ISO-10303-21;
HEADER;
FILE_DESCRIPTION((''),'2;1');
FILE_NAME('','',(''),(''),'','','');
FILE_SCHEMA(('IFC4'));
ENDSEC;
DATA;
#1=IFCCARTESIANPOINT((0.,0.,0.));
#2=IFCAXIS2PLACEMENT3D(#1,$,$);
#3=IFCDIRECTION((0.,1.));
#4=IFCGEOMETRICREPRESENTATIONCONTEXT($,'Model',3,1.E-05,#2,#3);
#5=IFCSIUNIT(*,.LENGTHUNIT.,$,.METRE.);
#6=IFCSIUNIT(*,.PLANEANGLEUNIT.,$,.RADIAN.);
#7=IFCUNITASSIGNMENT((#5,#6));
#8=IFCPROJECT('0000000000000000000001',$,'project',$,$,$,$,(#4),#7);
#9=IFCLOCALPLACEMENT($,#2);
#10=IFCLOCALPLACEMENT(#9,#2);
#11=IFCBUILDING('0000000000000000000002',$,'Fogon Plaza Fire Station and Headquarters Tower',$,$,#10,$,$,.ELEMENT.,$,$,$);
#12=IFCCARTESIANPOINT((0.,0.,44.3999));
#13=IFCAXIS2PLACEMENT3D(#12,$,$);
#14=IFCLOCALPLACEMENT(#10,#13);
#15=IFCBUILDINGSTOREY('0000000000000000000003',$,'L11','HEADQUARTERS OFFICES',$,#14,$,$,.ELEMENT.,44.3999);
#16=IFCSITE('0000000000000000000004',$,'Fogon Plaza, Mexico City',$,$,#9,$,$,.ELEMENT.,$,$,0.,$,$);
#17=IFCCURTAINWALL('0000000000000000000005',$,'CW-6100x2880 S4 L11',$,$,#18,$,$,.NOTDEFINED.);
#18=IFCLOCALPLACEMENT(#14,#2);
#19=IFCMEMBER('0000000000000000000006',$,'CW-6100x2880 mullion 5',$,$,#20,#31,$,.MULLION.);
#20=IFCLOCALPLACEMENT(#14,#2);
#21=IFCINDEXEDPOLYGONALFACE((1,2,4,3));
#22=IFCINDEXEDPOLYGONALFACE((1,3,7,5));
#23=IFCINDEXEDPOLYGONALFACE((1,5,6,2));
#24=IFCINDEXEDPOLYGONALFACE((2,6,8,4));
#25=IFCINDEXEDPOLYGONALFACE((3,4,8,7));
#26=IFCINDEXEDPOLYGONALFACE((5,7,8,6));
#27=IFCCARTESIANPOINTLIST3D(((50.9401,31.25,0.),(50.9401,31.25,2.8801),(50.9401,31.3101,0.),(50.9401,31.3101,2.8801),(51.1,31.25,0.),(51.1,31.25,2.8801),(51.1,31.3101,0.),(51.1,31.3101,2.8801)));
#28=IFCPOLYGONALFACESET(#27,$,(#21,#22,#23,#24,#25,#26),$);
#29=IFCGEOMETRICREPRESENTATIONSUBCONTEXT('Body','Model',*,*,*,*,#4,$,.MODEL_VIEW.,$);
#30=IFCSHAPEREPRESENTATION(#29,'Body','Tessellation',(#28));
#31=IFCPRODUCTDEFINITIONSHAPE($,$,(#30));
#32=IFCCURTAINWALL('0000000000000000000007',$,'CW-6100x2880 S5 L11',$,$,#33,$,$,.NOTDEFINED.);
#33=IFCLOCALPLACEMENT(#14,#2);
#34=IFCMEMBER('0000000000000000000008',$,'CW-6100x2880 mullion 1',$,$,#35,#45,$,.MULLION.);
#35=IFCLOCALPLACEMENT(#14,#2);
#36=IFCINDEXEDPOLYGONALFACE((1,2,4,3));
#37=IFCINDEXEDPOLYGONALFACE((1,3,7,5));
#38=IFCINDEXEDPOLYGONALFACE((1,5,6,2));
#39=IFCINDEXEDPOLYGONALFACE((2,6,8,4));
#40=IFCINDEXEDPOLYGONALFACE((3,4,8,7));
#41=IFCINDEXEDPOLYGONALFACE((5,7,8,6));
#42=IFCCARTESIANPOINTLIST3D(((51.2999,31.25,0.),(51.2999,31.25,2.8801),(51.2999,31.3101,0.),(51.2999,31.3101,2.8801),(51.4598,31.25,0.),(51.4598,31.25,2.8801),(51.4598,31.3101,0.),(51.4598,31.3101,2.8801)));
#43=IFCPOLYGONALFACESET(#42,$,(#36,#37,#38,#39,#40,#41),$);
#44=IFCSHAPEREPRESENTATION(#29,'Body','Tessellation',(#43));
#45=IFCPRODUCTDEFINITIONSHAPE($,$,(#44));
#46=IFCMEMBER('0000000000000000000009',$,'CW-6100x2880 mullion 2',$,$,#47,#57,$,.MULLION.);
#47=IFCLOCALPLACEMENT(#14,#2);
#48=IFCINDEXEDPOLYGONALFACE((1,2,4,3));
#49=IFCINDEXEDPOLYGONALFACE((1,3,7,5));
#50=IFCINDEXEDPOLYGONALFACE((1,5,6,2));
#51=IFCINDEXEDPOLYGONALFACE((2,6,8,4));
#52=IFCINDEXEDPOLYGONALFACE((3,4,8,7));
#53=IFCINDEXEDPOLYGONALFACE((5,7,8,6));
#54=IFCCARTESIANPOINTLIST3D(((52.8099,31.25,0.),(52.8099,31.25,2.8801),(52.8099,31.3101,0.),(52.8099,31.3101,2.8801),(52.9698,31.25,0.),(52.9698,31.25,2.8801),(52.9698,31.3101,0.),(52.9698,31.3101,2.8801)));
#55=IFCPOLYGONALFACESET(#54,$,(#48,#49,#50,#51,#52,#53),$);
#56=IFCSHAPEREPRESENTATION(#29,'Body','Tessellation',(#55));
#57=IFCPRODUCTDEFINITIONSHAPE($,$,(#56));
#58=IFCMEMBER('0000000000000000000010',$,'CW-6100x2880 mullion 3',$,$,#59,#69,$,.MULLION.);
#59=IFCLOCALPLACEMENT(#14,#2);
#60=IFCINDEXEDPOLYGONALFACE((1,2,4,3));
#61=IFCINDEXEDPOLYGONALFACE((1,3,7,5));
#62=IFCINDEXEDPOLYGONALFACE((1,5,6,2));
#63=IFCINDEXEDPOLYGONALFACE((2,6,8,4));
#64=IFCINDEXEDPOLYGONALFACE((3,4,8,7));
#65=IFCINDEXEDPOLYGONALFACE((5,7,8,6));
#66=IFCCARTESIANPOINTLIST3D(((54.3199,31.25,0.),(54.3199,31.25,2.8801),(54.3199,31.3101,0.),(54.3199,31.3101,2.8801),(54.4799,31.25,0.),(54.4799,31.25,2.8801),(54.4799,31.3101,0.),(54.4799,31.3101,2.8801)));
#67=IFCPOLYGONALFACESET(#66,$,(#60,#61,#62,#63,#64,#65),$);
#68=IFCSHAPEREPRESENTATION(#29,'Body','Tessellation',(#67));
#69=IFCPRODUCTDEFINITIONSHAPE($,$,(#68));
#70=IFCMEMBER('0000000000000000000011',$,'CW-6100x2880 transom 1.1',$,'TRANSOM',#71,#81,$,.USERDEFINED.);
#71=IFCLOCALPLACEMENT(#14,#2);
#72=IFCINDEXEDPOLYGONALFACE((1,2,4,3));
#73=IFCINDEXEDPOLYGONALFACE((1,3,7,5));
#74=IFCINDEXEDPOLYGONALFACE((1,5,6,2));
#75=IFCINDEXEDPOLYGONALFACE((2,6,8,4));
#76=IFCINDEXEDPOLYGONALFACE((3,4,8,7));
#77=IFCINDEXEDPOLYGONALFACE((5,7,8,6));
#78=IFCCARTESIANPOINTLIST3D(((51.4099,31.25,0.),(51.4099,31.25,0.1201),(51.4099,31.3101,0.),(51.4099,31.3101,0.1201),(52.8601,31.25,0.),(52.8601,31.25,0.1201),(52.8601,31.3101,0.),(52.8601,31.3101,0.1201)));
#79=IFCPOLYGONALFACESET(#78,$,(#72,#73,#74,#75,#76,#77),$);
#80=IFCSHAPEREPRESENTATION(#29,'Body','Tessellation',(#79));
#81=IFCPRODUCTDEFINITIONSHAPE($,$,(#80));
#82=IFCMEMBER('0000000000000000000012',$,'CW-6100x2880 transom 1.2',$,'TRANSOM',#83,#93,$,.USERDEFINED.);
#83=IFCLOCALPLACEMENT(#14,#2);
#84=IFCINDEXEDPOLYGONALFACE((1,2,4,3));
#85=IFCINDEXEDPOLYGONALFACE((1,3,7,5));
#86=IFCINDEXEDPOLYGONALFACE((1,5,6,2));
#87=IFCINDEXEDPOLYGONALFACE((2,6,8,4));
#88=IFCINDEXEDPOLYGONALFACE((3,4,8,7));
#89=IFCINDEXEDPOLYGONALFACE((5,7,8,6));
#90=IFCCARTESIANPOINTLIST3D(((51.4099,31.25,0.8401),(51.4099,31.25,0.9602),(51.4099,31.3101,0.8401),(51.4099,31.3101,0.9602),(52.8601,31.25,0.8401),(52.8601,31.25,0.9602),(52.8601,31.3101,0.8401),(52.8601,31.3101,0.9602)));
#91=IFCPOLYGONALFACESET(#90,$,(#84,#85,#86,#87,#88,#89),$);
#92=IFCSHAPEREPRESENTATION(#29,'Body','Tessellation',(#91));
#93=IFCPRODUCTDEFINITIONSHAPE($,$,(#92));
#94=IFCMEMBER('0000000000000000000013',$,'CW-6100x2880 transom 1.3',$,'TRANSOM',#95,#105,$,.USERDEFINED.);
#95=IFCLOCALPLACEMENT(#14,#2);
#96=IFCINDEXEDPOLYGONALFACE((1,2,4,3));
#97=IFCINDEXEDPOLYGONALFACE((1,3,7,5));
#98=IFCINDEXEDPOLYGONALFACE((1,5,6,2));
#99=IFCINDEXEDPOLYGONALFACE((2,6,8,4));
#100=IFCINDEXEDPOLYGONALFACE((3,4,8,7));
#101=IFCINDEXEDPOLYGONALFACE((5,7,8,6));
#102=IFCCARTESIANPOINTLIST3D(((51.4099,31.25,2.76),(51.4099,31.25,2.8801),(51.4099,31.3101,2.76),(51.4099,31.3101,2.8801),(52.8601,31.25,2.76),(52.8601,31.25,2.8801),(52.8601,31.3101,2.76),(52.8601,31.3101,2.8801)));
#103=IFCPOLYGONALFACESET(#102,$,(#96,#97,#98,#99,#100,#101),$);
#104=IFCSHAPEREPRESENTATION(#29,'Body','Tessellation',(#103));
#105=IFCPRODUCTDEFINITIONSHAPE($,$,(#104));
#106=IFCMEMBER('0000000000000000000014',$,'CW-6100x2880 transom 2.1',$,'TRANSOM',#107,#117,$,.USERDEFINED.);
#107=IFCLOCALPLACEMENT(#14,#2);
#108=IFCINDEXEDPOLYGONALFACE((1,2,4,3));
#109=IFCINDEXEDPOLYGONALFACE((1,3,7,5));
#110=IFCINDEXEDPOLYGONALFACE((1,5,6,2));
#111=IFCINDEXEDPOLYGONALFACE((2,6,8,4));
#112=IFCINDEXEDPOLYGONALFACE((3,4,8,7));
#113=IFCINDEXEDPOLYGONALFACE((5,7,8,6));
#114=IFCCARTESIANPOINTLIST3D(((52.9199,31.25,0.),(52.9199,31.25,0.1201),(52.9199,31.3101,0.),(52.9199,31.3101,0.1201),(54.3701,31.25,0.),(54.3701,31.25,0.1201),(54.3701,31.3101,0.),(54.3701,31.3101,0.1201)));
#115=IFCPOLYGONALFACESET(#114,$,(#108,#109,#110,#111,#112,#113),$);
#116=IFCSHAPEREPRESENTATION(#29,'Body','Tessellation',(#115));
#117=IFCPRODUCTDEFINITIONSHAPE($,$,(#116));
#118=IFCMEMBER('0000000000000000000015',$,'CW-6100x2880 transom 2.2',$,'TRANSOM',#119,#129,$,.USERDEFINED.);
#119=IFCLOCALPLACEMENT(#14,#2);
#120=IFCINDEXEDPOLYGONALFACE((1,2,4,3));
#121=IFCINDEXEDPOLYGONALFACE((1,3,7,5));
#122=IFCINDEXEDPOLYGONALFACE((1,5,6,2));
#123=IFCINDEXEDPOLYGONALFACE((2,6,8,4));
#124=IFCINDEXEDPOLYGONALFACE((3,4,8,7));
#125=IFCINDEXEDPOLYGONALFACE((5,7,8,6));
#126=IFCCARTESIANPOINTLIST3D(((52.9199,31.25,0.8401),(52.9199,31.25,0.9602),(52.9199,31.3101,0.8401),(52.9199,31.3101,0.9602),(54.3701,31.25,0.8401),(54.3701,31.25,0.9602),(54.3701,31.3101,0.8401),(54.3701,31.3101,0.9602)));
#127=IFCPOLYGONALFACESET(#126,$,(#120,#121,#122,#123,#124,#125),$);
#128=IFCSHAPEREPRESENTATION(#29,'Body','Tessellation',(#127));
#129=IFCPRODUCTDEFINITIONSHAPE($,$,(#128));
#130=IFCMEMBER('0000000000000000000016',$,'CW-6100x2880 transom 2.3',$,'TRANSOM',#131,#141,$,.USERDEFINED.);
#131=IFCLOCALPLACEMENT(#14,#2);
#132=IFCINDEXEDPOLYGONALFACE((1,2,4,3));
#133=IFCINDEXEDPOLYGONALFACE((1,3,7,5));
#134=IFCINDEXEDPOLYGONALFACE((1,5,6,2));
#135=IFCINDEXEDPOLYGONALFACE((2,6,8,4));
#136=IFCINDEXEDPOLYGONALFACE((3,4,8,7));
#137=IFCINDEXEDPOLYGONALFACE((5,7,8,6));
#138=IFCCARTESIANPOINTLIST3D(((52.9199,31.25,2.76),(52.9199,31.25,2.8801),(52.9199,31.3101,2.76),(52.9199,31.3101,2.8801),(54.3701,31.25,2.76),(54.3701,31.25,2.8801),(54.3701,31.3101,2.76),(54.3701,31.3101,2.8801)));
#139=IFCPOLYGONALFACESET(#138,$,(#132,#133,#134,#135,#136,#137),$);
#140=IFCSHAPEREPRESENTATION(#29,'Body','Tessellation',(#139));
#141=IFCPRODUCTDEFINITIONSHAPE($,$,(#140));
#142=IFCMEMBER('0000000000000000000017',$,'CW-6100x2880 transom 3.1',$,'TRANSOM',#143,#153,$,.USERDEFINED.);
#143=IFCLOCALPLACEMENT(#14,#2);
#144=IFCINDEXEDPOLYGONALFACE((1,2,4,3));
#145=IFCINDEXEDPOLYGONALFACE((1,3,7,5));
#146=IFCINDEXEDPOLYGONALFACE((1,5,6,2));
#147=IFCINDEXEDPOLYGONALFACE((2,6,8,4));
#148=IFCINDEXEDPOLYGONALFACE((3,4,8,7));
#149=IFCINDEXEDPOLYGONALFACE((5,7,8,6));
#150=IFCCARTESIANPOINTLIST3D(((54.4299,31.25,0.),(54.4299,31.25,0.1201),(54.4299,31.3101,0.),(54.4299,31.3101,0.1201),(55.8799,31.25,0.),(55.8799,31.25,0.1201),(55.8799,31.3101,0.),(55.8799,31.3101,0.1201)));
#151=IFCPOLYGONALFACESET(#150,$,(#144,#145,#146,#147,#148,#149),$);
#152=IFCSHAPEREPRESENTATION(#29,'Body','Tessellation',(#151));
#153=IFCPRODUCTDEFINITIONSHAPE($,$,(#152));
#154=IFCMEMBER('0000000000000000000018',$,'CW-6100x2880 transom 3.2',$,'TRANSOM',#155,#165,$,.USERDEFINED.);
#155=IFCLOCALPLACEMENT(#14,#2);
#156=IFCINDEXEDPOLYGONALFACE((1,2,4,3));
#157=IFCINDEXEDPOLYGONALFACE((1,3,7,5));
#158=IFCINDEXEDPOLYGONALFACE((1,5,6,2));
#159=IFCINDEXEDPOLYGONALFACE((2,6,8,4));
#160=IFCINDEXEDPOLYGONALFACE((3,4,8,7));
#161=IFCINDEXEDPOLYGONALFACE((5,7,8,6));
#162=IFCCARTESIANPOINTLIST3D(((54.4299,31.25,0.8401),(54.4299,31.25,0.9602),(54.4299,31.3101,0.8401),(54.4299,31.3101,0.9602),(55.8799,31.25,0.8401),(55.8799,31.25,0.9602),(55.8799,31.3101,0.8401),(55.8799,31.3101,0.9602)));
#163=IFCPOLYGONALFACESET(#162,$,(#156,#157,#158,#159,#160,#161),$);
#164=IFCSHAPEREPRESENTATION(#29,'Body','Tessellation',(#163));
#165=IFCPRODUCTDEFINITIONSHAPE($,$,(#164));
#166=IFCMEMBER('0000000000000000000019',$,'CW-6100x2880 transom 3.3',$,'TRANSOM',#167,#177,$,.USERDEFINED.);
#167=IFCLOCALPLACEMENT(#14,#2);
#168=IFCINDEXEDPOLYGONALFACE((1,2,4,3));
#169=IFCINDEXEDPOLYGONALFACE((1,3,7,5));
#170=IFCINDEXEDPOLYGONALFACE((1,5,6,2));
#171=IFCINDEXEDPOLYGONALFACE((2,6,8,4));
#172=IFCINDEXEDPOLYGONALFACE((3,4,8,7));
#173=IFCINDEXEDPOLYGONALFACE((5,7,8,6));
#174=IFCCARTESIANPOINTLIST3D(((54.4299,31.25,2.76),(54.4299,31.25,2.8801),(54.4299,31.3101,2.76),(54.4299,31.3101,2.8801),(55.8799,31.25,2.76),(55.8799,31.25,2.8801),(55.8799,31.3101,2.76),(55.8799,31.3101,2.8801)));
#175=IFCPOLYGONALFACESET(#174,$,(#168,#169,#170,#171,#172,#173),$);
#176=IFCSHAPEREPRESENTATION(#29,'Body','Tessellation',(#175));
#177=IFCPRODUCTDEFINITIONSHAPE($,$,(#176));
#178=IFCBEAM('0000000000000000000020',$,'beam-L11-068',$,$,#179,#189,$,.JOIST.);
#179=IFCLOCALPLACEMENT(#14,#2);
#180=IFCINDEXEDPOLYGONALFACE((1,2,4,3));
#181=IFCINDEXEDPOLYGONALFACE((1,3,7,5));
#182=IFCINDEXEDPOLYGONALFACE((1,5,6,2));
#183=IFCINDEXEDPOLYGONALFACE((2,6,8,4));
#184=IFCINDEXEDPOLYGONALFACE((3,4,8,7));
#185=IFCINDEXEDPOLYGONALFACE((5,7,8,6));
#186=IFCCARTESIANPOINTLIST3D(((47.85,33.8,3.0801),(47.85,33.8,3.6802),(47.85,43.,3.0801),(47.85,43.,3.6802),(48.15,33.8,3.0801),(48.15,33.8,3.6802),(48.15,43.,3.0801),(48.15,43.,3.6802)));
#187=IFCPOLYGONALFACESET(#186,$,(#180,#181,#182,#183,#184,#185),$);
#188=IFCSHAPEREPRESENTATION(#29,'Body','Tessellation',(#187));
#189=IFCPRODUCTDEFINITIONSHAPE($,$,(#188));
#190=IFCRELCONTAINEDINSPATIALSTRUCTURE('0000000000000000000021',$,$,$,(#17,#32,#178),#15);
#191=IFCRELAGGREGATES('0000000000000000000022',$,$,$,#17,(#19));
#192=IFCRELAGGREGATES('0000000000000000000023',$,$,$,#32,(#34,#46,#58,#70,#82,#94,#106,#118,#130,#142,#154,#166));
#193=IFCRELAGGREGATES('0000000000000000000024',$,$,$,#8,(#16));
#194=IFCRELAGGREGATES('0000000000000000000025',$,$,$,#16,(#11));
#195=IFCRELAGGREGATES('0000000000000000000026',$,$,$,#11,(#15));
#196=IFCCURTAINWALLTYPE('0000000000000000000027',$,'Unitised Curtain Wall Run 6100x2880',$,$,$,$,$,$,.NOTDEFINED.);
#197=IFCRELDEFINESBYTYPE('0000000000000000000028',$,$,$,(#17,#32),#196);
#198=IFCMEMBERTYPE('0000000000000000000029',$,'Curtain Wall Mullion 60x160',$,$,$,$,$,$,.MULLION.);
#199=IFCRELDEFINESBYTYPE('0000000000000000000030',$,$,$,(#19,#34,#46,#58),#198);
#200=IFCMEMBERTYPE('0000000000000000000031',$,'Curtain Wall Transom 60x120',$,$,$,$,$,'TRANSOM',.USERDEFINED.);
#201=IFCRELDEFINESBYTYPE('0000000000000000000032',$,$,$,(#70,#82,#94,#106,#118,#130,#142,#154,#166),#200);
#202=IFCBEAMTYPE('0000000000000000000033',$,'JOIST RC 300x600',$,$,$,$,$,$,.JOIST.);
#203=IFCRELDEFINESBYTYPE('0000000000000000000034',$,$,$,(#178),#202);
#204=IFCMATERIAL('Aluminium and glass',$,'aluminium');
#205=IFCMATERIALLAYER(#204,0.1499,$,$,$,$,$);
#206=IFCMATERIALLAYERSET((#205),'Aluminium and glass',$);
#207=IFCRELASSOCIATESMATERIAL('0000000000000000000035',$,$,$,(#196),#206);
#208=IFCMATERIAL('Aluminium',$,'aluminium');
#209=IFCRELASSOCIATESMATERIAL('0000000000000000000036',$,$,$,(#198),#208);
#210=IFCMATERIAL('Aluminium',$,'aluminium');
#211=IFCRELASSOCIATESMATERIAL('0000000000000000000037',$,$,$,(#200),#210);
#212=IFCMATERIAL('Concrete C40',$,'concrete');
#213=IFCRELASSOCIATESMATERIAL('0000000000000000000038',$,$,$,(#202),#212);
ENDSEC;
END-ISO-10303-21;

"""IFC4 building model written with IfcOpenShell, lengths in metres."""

from ifc_helpers import new_model, si_unit, direction, frame, origin, origin_2d, place, context, subcontext, project, spatial, rectangle, extrude, material, layer, layer_set, material_profile, profile_set, type_object, element, aggregate, save


model = new_model("IFC4")

# Units and contexts
model_context = context("Model", 3, precision=1e-05, world=origin(), true_north=direction((0.0, 1.0)))
body_context = subcontext(model_context, "Body", "Model", "MODEL_VIEW")
ifc_project = project(units=[si_unit("LENGTHUNIT", "METRE"), si_unit("PLANEANGLEUNIT", "RADIAN")], contexts=[model_context])

# Site, building, storey
site_placement = place(None, origin())
site = spatial("IfcSite", under=ifc_project, at=site_placement, Name="Fogon Plaza, Mexico City", CompositionType="ELEMENT", RefElevation=0.0)
building_placement = place(site_placement, origin())
building = spatial("IfcBuilding", under=site, at=building_placement, Name="Fogon Plaza Fire Station and Headquarters Tower", CompositionType="ELEMENT")
storey_placement = place(building_placement, frame((0.0, 0.0, 44.3999)))
storey = spatial("IfcBuildingStorey", under=building, at=storey_placement, Name="L11", Description="HEADQUARTERS OFFICES", CompositionType="ELEMENT", Elevation=44.3999)

# Curtain wall, member
ifc_material_1 = material(Name="Aluminium and glass", Category="aluminium")
ifc_layer_1 = layer(ifc_material_1, 0.1499)
ifc_layer_set_1 = layer_set([ifc_layer_1], Name="Aluminium and glass")
curtain_wall_type = type_object("IfcCurtainWallType", Name="Unitised Curtain Wall Run 6100x2880", PredefinedType="NOTDEFINED", material=ifc_layer_set_1)
curtain_wall_1_placement = place(storey_placement, origin())
curtain_wall_1 = element("IfcCurtainWall", 1, at=curtain_wall_1_placement, inside=storey, type_object=curtain_wall_type, Name="CW-6100x2880 S4 L11", PredefinedType="NOTDEFINED")
ifc_material_2 = material(Name="Aluminium", Category="aluminium")
ifc_material_profile_1 = material_profile(ifc_material_2, rectangle(XDim=0.0601, YDim=0.1599, at=origin_2d()), Name="Curtain Wall Mullion 60x160")
ifc_profile_set_1 = profile_set([ifc_material_profile_1], Name="Aluminium")
member_type_1 = type_object("IfcMemberType", Name="Curtain Wall Mullion 60x160", PredefinedType="MULLION", material=ifc_profile_set_1)
member_1_placement = place(storey_placement, frame((51.02, 31.28, 0.0), z_axis=(0.0, 0.0, 1.0), x_axis=(0.0, 1.0, 0.0)))
member_1 = element("IfcMember", 2, at=member_1_placement, type_object=member_type_1, Name="CW-6100x2880 mullion 5", PredefinedType="MULLION", context=body_context, shape_type="SweptSolid", body=[
    extrude(rectangle(XDim=0.0601, YDim=0.1599, at=origin_2d()), origin(), (0.0, 0.0, 1.0), 2.8801),
])

# Curtain wall, members
curtain_wall_2_placement = place(storey_placement, origin())
curtain_wall_2 = element("IfcCurtainWall", 3, at=curtain_wall_2_placement, inside=storey, type_object=curtain_wall_type, Name="CW-6100x2880 S5 L11", PredefinedType="NOTDEFINED")
member_2_placement = place(storey_placement, frame((51.3799, 31.28, 0.0), z_axis=(0.0, 0.0, 1.0), x_axis=(0.0, 1.0, 0.0)))
member_2 = element("IfcMember", 4, at=member_2_placement, type_object=member_type_1, Name="CW-6100x2880 mullion 1", PredefinedType="MULLION", context=body_context, shape_type="SweptSolid", body=[
    extrude(rectangle(XDim=0.0601, YDim=0.1599, at=origin_2d()), origin(), (0.0, 0.0, 1.0), 2.8801),
])
member_3_placement = place(storey_placement, frame((52.8899, 31.28, 0.0), z_axis=(0.0, 0.0, 1.0), x_axis=(0.0, 1.0, 0.0)))
member_3 = element("IfcMember", 5, at=member_3_placement, type_object=member_type_1, Name="CW-6100x2880 mullion 2", PredefinedType="MULLION", context=body_context, shape_type="SweptSolid", body=[
    extrude(rectangle(XDim=0.0601, YDim=0.1599, at=origin_2d()), origin(), (0.0, 0.0, 1.0), 2.8801),
])
member_4_placement = place(storey_placement, frame((54.3999, 31.28, 0.0), z_axis=(0.0, 0.0, 1.0), x_axis=(0.0, 1.0, 0.0)))
member_4 = element("IfcMember", 6, at=member_4_placement, type_object=member_type_1, Name="CW-6100x2880 mullion 3", PredefinedType="MULLION", context=body_context, shape_type="SweptSolid", body=[
    extrude(rectangle(XDim=0.0601, YDim=0.1599, at=origin_2d()), origin(), (0.0, 0.0, 1.0), 2.8801),
])
ifc_material_3 = material(Name="Aluminium", Category="aluminium")
ifc_material_profile_2 = material_profile(ifc_material_3, rectangle(XDim=0.0601, YDim=0.1201, at=origin_2d()), Name="Curtain Wall Transom 60x120")
ifc_profile_set_2 = profile_set([ifc_material_profile_2], Name="Aluminium")
member_type_2 = type_object("IfcMemberType", Name="Curtain Wall Transom 60x120", ElementType="TRANSOM", PredefinedType="USERDEFINED", material=ifc_profile_set_2)
member_5_placement = place(storey_placement, frame((51.4099, 31.28, 0.0601), z_axis=(1.0, 0.0, 0.0), x_axis=(0.0, 1.0, 0.0)))
member_5 = element("IfcMember", 7, at=member_5_placement, type_object=member_type_2, Name="CW-6100x2880 transom 1.1", ObjectType="TRANSOM", PredefinedType="USERDEFINED", context=body_context, shape_type="SweptSolid", body=[
    extrude(rectangle(XDim=0.0601, YDim=0.1201, at=origin_2d()), origin(), (0.0, 0.0, 1.0), 1.4502),
])
member_6_placement = place(storey_placement, frame((51.4099, 31.28, 0.9001), z_axis=(1.0, 0.0, 0.0), x_axis=(0.0, 1.0, 0.0)))
member_6 = element("IfcMember", 8, at=member_6_placement, type_object=member_type_2, Name="CW-6100x2880 transom 1.2", ObjectType="TRANSOM", PredefinedType="USERDEFINED", context=body_context, shape_type="SweptSolid", body=[
    extrude(rectangle(XDim=0.0601, YDim=0.1201, at=origin_2d()), origin(), (0.0, 0.0, 1.0), 1.4502),
])
member_7_placement = place(storey_placement, frame((51.4099, 31.28, 2.8201), z_axis=(1.0, 0.0, 0.0), x_axis=(0.0, 1.0, 0.0)))
member_7 = element("IfcMember", 9, at=member_7_placement, type_object=member_type_2, Name="CW-6100x2880 transom 1.3", ObjectType="TRANSOM", PredefinedType="USERDEFINED", context=body_context, shape_type="SweptSolid", body=[
    extrude(rectangle(XDim=0.0601, YDim=0.1201, at=origin_2d()), origin(), (0.0, 0.0, 1.0), 1.4502),
])
member_8_placement = place(storey_placement, frame((52.9199, 31.28, 0.0601), z_axis=(1.0, 0.0, 0.0), x_axis=(0.0, 1.0, 0.0)))
member_8 = element("IfcMember", 10, at=member_8_placement, type_object=member_type_2, Name="CW-6100x2880 transom 2.1", ObjectType="TRANSOM", PredefinedType="USERDEFINED", context=body_context, shape_type="SweptSolid", body=[
    extrude(rectangle(XDim=0.0601, YDim=0.1201, at=origin_2d()), origin(), (0.0, 0.0, 1.0), 1.4502),
])
member_9_placement = place(storey_placement, frame((52.9199, 31.28, 0.9001), z_axis=(1.0, 0.0, 0.0), x_axis=(0.0, 1.0, 0.0)))
member_9 = element("IfcMember", 11, at=member_9_placement, type_object=member_type_2, Name="CW-6100x2880 transom 2.2", ObjectType="TRANSOM", PredefinedType="USERDEFINED", context=body_context, shape_type="SweptSolid", body=[
    extrude(rectangle(XDim=0.0601, YDim=0.1201, at=origin_2d()), origin(), (0.0, 0.0, 1.0), 1.4502),
])
member_10_placement = place(storey_placement, frame((52.9199, 31.28, 2.8201), z_axis=(1.0, 0.0, 0.0), x_axis=(0.0, 1.0, 0.0)))
member_10 = element("IfcMember", 12, at=member_10_placement, type_object=member_type_2, Name="CW-6100x2880 transom 2.3", ObjectType="TRANSOM", PredefinedType="USERDEFINED", context=body_context, shape_type="SweptSolid", body=[
    extrude(rectangle(XDim=0.0601, YDim=0.1201, at=origin_2d()), origin(), (0.0, 0.0, 1.0), 1.4502),
])
member_11_placement = place(storey_placement, frame((54.4299, 31.28, 0.0601), z_axis=(1.0, 0.0, 0.0), x_axis=(0.0, 1.0, 0.0)))
member_11 = element("IfcMember", 13, at=member_11_placement, type_object=member_type_2, Name="CW-6100x2880 transom 3.1", ObjectType="TRANSOM", PredefinedType="USERDEFINED", context=body_context, shape_type="SweptSolid", body=[
    extrude(rectangle(XDim=0.0601, YDim=0.1201, at=origin_2d()), origin(), (0.0, 0.0, 1.0), 1.45),
])
member_12_placement = place(storey_placement, frame((54.4299, 31.28, 0.9001), z_axis=(1.0, 0.0, 0.0), x_axis=(0.0, 1.0, 0.0)))
member_12 = element("IfcMember", 14, at=member_12_placement, type_object=member_type_2, Name="CW-6100x2880 transom 3.2", ObjectType="TRANSOM", PredefinedType="USERDEFINED", context=body_context, shape_type="SweptSolid", body=[
    extrude(rectangle(XDim=0.0601, YDim=0.1201, at=origin_2d()), origin(), (0.0, 0.0, 1.0), 1.45),
])
member_13_placement = place(storey_placement, frame((54.4299, 31.28, 2.8201), z_axis=(1.0, 0.0, 0.0), x_axis=(0.0, 1.0, 0.0)))
member_13 = element("IfcMember", 15, at=member_13_placement, type_object=member_type_2, Name="CW-6100x2880 transom 3.3", ObjectType="TRANSOM", PredefinedType="USERDEFINED", context=body_context, shape_type="SweptSolid", body=[
    extrude(rectangle(XDim=0.0601, YDim=0.1201, at=origin_2d()), origin(), (0.0, 0.0, 1.0), 1.45),
])

# Beam
ifc_material_4 = material(Name="Concrete C40", Category="concrete")
ifc_material_profile_3 = material_profile(ifc_material_4, rectangle(XDim=0.3, YDim=0.6001, at=origin_2d()), Name="RC 300x600")
ifc_profile_set_3 = profile_set([ifc_material_profile_3], Name="Concrete C40")
beam_type_1 = type_object("IfcBeamType", Name="JOIST RC 300x600", PredefinedType="JOIST", material=ifc_profile_set_3)
for number, where, z_axis, x_axis, name in (
    (16, (48.0, 33.8, 3.3801), (0.0, 1.0, 0.0), (-1.0, 0.0, 0.0), "beam-L11-068"),
):
    element("IfcBeam", number, at=place(storey_placement, frame(where, z_axis=z_axis, x_axis=x_axis)), inside=storey, type_object=beam_type_1, Name=name, PredefinedType="JOIST", context=body_context, shape_type="SweptSolid", body=[
        extrude(rectangle(XDim=0.3, YDim=0.6001, at=origin_2d()), origin(), (0.0, 0.0, 1.0), 9.2),
    ])

aggregate(curtain_wall_1, [member_1])
aggregate(curtain_wall_2, [member_2, member_3, member_4, member_5, member_6, member_7, member_8, member_9, member_10, member_11, member_12, member_13])

save(model, "model.ifc")
